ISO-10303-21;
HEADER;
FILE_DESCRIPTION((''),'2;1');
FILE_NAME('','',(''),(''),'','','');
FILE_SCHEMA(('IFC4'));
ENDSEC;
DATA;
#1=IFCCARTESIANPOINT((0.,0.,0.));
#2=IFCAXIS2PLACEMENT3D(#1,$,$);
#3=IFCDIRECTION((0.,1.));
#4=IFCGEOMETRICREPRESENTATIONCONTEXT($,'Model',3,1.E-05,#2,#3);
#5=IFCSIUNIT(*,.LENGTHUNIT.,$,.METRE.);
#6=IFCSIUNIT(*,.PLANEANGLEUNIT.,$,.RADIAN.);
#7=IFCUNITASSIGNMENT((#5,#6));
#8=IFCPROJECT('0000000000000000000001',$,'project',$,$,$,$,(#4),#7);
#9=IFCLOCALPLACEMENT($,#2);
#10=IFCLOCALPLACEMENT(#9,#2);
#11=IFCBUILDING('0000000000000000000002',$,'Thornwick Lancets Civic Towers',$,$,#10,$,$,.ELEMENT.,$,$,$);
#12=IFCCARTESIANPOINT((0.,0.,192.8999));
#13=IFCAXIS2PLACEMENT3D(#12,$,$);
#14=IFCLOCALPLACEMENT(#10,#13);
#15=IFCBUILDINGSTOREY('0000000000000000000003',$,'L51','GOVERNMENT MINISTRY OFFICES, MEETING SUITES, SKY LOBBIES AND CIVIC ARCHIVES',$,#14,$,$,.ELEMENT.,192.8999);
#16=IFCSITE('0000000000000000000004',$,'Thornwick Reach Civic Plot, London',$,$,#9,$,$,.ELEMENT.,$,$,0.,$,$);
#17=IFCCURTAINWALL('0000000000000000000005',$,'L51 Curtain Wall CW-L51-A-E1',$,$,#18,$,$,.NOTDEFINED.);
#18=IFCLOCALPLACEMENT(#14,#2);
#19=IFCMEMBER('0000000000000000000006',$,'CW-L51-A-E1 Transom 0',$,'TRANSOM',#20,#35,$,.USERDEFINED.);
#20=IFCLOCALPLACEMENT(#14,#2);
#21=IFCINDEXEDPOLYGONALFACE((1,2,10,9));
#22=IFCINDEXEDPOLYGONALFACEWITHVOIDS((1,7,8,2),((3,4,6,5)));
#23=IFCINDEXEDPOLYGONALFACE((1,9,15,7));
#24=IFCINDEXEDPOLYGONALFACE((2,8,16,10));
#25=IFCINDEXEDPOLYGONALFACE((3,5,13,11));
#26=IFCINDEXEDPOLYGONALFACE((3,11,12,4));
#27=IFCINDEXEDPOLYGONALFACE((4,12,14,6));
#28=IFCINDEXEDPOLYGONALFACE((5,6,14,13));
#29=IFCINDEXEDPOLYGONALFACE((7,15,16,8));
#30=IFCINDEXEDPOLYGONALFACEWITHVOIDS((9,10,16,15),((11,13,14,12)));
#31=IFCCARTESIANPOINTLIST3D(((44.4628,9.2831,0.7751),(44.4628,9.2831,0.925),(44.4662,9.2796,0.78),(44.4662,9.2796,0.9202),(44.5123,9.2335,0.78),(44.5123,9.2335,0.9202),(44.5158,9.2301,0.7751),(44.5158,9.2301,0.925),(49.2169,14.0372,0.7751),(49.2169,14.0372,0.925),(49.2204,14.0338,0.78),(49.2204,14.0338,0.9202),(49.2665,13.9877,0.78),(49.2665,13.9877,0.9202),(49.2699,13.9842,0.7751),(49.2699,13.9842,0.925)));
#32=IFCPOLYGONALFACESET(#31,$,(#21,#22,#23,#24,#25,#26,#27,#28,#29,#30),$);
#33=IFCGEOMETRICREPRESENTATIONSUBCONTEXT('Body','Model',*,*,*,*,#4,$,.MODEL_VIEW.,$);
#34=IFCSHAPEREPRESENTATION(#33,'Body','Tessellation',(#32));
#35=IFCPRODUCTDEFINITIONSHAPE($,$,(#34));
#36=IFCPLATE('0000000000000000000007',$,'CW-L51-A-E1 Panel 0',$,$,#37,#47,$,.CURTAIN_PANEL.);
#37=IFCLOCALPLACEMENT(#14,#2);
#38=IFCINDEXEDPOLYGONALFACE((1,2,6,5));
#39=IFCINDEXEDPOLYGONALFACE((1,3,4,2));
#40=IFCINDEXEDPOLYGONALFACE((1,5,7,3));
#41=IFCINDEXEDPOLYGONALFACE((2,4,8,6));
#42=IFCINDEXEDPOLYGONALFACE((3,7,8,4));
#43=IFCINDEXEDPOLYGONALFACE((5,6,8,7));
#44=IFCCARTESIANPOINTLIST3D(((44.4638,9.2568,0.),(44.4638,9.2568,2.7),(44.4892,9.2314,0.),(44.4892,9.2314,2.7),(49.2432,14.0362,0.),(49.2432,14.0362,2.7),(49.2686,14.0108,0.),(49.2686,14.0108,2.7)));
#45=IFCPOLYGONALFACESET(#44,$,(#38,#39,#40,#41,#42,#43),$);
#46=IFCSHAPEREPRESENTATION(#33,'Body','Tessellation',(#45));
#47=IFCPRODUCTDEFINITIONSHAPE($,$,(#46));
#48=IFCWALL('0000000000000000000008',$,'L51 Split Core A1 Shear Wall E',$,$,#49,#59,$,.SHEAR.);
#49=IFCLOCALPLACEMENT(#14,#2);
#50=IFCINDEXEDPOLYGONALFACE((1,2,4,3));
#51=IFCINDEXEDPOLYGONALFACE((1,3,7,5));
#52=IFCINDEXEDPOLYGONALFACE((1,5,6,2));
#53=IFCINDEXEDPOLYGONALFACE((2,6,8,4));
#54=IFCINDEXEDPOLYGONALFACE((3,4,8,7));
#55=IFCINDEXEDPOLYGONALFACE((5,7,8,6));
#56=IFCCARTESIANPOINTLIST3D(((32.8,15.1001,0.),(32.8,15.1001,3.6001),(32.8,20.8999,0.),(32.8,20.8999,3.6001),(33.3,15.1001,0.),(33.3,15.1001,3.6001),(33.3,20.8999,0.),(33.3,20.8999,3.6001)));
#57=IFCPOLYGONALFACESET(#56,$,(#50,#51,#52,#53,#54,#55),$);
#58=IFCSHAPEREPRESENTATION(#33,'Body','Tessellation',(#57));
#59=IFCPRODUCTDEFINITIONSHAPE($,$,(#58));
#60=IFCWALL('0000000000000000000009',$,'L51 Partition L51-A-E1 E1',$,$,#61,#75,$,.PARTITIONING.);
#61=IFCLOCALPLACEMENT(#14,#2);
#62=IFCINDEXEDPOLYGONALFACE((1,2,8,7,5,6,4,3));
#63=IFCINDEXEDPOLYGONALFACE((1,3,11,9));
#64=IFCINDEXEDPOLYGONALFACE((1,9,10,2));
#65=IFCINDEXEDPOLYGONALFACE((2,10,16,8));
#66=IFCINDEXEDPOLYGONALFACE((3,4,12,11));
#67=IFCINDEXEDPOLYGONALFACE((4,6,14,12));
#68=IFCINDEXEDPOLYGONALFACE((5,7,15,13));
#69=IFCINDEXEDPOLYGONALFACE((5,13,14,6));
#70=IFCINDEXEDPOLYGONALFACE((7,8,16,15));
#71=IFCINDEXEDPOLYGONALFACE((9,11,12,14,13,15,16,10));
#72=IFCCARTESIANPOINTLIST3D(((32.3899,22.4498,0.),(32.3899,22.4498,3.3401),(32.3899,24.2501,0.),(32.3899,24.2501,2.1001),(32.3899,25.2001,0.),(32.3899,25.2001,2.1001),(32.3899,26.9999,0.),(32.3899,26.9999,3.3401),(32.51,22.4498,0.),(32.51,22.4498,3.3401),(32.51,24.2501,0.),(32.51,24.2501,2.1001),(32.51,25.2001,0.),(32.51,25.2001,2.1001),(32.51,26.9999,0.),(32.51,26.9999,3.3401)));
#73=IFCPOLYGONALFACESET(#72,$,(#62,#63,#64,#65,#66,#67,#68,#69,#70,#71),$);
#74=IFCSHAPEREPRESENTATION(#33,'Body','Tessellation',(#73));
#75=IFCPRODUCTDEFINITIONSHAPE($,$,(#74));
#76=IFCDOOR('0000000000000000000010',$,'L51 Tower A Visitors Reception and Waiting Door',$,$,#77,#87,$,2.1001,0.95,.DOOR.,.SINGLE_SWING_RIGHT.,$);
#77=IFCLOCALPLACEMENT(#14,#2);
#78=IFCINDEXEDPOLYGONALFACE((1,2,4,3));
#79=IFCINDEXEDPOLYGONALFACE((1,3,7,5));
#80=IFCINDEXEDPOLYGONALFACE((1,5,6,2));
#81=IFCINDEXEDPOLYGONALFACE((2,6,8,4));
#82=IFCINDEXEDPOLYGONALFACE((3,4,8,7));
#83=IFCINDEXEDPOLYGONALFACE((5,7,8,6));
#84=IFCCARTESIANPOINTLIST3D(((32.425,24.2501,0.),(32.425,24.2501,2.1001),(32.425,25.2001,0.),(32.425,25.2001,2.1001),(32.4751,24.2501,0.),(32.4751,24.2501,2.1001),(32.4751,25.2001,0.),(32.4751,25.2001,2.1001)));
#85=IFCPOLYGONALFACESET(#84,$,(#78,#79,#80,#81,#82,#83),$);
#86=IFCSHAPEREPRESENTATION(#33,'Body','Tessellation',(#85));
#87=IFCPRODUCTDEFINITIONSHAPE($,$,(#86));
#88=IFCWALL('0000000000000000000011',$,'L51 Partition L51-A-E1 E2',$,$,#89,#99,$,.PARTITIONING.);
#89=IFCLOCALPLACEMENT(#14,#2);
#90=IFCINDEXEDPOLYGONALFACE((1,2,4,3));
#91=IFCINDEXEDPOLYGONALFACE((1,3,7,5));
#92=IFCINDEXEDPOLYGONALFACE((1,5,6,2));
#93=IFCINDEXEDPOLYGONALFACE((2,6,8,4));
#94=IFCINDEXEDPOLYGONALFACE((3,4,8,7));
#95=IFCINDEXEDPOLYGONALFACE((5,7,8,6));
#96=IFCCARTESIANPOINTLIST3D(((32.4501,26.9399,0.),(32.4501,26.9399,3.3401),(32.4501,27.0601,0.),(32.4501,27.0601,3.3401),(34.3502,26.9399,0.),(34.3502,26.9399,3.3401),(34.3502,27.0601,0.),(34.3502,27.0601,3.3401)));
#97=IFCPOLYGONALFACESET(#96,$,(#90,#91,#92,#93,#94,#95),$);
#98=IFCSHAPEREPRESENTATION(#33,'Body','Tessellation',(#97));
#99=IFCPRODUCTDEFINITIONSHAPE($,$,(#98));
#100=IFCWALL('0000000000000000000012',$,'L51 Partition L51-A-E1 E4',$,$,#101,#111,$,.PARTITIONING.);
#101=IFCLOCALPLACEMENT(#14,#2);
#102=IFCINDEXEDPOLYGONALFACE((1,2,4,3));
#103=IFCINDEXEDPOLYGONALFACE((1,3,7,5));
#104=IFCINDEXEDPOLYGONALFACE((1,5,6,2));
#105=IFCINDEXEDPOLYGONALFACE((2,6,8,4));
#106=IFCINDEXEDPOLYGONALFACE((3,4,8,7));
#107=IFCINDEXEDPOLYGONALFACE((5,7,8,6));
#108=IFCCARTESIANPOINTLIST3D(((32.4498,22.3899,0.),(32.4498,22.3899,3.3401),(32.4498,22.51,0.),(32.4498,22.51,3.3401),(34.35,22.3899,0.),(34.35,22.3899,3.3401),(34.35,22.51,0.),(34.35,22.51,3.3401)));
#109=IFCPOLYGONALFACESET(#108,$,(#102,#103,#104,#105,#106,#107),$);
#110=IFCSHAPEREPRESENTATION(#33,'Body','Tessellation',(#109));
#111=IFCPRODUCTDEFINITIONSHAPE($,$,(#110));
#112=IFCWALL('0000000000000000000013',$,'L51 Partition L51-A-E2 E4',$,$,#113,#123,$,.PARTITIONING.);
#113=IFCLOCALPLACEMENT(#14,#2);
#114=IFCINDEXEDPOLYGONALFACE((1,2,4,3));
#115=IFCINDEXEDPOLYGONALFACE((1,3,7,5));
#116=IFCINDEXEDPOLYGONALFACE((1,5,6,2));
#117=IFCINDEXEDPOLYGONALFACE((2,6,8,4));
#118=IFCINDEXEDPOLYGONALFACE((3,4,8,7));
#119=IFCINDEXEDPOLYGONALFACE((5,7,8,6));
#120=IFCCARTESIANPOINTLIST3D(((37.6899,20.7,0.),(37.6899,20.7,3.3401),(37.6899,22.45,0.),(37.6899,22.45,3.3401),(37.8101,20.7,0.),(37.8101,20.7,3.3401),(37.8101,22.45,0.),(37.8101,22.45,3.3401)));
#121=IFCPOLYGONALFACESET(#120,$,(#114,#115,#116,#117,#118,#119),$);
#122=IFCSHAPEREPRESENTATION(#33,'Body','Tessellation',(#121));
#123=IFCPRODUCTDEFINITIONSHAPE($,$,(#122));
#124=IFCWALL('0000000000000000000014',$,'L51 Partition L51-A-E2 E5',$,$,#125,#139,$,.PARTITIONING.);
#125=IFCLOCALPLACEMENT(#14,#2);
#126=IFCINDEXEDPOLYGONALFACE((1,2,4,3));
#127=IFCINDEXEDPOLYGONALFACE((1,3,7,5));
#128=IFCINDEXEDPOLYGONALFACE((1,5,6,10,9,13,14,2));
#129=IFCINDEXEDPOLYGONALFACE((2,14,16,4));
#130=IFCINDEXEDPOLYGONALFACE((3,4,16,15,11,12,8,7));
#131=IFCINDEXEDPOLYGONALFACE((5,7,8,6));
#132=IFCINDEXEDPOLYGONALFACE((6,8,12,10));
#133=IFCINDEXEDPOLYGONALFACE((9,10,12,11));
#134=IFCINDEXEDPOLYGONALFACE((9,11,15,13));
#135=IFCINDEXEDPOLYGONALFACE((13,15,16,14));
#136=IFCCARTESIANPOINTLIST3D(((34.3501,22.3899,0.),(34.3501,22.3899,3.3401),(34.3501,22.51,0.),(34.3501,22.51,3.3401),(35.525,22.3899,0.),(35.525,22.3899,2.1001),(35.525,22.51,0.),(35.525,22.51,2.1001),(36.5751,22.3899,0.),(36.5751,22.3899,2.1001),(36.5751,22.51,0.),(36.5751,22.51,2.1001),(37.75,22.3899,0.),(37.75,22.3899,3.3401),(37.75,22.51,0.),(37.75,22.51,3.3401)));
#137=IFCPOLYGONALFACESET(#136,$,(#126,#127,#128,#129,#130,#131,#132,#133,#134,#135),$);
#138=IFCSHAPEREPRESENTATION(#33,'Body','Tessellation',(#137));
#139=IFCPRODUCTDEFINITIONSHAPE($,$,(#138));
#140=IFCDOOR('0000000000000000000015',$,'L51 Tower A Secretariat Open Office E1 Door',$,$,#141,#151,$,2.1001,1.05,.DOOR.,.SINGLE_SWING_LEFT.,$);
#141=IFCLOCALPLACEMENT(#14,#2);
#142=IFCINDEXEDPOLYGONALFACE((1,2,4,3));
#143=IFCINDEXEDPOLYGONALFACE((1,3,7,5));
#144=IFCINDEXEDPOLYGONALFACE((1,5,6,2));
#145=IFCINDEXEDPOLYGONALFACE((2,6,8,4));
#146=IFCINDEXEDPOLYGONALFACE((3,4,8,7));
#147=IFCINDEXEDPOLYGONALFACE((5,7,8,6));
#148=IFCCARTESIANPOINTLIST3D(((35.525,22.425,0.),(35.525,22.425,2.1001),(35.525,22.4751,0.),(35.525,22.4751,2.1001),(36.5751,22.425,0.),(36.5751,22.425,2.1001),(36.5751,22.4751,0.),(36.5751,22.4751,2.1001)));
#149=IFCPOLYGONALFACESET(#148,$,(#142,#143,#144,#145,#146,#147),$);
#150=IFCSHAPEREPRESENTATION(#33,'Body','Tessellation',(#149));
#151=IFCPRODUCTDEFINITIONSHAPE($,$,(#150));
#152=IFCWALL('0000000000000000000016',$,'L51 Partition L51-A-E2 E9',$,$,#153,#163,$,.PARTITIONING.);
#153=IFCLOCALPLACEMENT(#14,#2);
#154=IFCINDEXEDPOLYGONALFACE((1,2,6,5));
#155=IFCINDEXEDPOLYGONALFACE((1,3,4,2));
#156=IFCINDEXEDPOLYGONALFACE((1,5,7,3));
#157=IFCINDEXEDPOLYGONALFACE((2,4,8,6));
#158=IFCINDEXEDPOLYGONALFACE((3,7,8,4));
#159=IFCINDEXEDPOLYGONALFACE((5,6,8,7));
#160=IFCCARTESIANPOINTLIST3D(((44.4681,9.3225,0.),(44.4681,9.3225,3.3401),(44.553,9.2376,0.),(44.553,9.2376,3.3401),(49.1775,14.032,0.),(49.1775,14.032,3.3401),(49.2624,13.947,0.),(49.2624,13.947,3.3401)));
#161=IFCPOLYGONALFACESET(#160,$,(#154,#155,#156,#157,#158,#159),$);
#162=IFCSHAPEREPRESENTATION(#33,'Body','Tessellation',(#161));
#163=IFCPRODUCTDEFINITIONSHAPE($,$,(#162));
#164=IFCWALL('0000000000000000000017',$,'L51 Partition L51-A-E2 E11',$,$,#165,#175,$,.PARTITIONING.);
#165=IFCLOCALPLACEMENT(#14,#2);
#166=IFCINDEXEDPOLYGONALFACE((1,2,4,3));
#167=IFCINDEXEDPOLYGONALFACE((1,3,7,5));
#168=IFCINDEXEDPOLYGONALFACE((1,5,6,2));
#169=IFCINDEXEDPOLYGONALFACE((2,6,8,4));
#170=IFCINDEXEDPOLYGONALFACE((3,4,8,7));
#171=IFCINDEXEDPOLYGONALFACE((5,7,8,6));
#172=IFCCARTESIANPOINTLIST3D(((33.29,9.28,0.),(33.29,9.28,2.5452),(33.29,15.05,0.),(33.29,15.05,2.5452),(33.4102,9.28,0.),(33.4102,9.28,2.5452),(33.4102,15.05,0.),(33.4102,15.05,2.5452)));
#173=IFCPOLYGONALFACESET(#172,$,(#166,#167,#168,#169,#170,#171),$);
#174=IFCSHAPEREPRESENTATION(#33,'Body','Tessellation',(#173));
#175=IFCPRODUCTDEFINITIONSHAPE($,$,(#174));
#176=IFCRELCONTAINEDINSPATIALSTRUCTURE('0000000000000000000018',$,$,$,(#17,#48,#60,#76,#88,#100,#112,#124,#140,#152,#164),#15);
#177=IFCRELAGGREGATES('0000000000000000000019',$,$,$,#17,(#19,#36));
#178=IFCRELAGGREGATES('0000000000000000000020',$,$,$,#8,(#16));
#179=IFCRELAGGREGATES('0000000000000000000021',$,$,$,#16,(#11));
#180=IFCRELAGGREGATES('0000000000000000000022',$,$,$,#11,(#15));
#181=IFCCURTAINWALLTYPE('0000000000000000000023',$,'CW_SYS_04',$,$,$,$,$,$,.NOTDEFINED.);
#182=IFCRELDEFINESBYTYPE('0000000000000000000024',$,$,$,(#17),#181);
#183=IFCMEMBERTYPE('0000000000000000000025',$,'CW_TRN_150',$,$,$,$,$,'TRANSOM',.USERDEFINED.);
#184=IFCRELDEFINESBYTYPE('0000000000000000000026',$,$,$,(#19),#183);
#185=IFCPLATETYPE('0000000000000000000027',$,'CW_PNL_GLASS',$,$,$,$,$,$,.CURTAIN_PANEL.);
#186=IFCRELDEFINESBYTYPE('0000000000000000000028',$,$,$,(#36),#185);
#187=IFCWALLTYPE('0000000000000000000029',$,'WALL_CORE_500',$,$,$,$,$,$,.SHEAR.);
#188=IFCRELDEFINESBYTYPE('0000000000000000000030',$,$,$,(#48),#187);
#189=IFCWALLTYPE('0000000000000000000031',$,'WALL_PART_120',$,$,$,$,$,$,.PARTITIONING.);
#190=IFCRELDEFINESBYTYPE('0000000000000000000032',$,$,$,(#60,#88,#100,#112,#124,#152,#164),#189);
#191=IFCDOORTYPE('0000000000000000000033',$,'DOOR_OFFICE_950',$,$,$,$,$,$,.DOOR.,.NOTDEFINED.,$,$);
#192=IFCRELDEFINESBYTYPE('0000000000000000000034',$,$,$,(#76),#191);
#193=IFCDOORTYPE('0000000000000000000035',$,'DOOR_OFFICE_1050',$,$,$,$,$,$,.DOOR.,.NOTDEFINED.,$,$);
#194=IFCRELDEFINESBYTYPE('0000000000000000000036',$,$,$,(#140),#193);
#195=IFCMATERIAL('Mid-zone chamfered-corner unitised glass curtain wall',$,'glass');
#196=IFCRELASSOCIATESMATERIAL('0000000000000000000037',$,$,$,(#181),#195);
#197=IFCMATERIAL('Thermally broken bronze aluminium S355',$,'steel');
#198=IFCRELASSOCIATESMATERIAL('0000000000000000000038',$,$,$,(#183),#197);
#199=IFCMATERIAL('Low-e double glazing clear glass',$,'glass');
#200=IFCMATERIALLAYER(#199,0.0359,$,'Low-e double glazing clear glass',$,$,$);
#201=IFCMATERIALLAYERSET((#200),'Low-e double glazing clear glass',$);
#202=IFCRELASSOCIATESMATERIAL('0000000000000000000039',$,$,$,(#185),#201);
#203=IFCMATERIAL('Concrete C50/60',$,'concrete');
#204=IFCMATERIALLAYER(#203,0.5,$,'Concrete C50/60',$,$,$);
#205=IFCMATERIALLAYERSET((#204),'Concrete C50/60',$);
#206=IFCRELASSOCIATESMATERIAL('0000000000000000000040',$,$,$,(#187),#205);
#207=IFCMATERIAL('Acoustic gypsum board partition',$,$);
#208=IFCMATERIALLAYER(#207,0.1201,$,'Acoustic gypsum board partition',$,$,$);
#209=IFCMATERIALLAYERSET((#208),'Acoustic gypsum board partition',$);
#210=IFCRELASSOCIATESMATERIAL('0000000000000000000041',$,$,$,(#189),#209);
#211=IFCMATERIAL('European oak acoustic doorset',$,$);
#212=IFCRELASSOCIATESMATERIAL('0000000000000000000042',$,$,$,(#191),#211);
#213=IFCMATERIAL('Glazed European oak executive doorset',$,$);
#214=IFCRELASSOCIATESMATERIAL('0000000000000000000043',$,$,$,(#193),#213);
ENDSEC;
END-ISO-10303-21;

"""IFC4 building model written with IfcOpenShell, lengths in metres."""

from ifc_helpers import new_model, si_unit, direction, frame, frame_2d, origin, origin_2d, place, context, subcontext, project, spatial, rectangle, hollow_rectangle, extrude, material, layer, layer_set, material_profile, profile_set, type_object, element, fill, aggregate, save


model = new_model("IFC4")

# Units and contexts
model_context = context("Model", 3, precision=1e-05, world=origin(), true_north=direction((0.0, 1.0)))
body_context = subcontext(model_context, "Body", "Model", "MODEL_VIEW")
ifc_project = project(units=[si_unit("LENGTHUNIT", "METRE"), si_unit("PLANEANGLEUNIT", "RADIAN")], contexts=[model_context])

# Site, building, storey
site_placement = place(None, origin())
site = spatial("IfcSite", under=ifc_project, at=site_placement, Name="Thornwick Reach Civic Plot, London", CompositionType="ELEMENT", RefElevation=0.0)
building_placement = place(site_placement, origin())
building = spatial("IfcBuilding", under=site, at=building_placement, Name="Thornwick Lancets Civic Towers", CompositionType="ELEMENT")
storey_placement = place(building_placement, frame((0.0, 0.0, 192.8999)))
storey = spatial("IfcBuildingStorey", under=building, at=storey_placement, Name="L51", Description="GOVERNMENT MINISTRY OFFICES, MEETING SUITES, SKY LOBBIES AND CIVIC ARCHIVES", CompositionType="ELEMENT", Elevation=192.8999)

# Shared definitions
ifc_material_1 = material(Name="Concrete C50/60", Category="concrete")

# Curtain wall, member, plate
ifc_material_2 = material(Name="Mid-zone chamfered-corner unitised glass curtain wall", Category="glass")
curtain_wall_type = type_object("IfcCurtainWallType", Name="CW_SYS_04", PredefinedType="NOTDEFINED", material=ifc_material_2)
curtain_wall_placement = place(storey_placement, origin())
curtain_wall = element("IfcCurtainWall", 1, at=curtain_wall_placement, inside=storey, type_object=curtain_wall_type, Name="L51 Curtain Wall CW-L51-A-E1", PredefinedType="NOTDEFINED")
ifc_material_3 = material(Name="Thermally broken bronze aluminium S355", Category="steel")
ifc_material_profile_1 = material_profile(ifc_material_3, hollow_rectangle(XDim=0.075, YDim=0.1499, WallThickness=0.0049, at=origin_2d()), Name="RHS 150x75x5")
ifc_profile_set_1 = profile_set([ifc_material_profile_1], Name="Thermally broken bronze aluminium S355")
member_type_1 = type_object("IfcMemberType", Name="CW_TRN_150", ElementType="TRANSOM", PredefinedType="USERDEFINED", material=ifc_profile_set_1)
member_1_placement = place(storey_placement, frame((44.4893, 9.2566, 0.8501), z_axis=(0.707107, 0.707107, 0.0), x_axis=(-0.707107, 0.707107, 0.0)))
member_1 = element("IfcMember", 2, at=member_1_placement, type_object=member_type_1, Name="CW-L51-A-E1 Transom 0", ObjectType="TRANSOM", PredefinedType="USERDEFINED", context=body_context, shape_type="SweptSolid", body=[
    extrude(hollow_rectangle(XDim=0.075, YDim=0.1499, WallThickness=0.0049, at=origin_2d()), origin(), (0.0, 0.0, 1.0), 6.7234),
])
ifc_material_4 = material(Name="Low-e double glazing clear glass", Category="glass")
ifc_layer_1 = layer(ifc_material_4, 0.0359, Name="Low-e double glazing clear glass")
ifc_layer_set_1 = layer_set([ifc_layer_1], Name="Low-e double glazing clear glass")
plate_type = type_object("IfcPlateType", Name="CW_PNL_GLASS", PredefinedType="CURTAIN_PANEL", material=ifc_layer_set_1)
plate_placement = place(storey_placement, frame((46.8662, 11.6338, 0.0), z_axis=(0.0, 0.0, 1.0), x_axis=(0.707107, 0.707107, 0.0)))
plate = element("IfcPlate", 3, at=plate_placement, type_object=plate_type, Name="CW-L51-A-E1 Panel 0", PredefinedType="CURTAIN_PANEL", context=body_context, shape_type="SweptSolid", body=[
    extrude(rectangle(XDim=6.759, YDim=0.0359, at=origin_2d()), origin(), (0.0, 0.0, 1.0), 2.7),
])
aggregate(curtain_wall, [member_1, plate])

# Wall
ifc_layer_2 = layer(ifc_material_1, 0.5, Name="Concrete C50/60")
ifc_layer_set_2 = layer_set([ifc_layer_2], Name="Concrete C50/60")
wall_type_1 = type_object("IfcWallType", Name="WALL_CORE_500", PredefinedType="SHEAR", material=ifc_layer_set_2)
wall_1_placement = place(storey_placement, frame((33.05, 15.1001, 0.0), z_axis=(0.0, 0.0, 1.0), x_axis=(0.0, 1.0, 0.0)))
element("IfcWall", 4, at=wall_1_placement, inside=storey, type_object=wall_type_1, Name="L51 Split Core A1 Shear Wall E", PredefinedType="SHEAR", context=body_context, shape_type="SweptSolid", body=[
    extrude(rectangle(XDim=5.7998, YDim=0.5, at=frame_2d((2.8999, 0.0))), origin(), (0.0, 0.0, 1.0), 3.6001),
])

# Wall, opening, door
ifc_material_5 = material(Name="Acoustic gypsum board partition")
ifc_layer_3 = layer(ifc_material_5, 0.1201, Name="Acoustic gypsum board partition")
ifc_layer_set_3 = layer_set([ifc_layer_3], Name="Acoustic gypsum board partition")
wall_type_2 = type_object("IfcWallType", Name="WALL_PART_120", PredefinedType="PARTITIONING", material=ifc_layer_set_3)
wall_2_placement = place(storey_placement, frame((32.45, 22.45, 0.0), z_axis=(0.0, 0.0, 1.0), x_axis=(0.0, 1.0, 0.0)))
wall_2 = element("IfcWall", 5, at=wall_2_placement, inside=storey, type_object=wall_type_2, Name="L51 Partition L51-A-E1 E1", PredefinedType="PARTITIONING", context=body_context, shape_type="SweptSolid", body=[
    extrude(rectangle(XDim=4.55, YDim=0.1201, at=frame_2d((2.2749, 0.0))), origin(), (0.0, 0.0, 1.0), 3.3401),
])
opening_1_placement = place(wall_2_placement, frame((1.8, 0.0, 0.0)))
opening_1 = element("IfcOpeningElement", 6, at=opening_1_placement, cuts=wall_2, PredefinedType="OPENING", context=body_context, shape_type="SweptSolid", body=[
    extrude(rectangle(XDim=0.95, YDim=2.1001, at=frame_2d((0.4751, 1.05))), frame((0.0, 0.0701, 0.0), z_axis=(0.0, -1.0, 0.0), x_axis=(1.0, 0.0, 0.0)), (0.0, 0.0, 1.0), 0.1401),
])
ifc_material_6 = material(Name="European oak acoustic doorset")
door_type_1 = type_object("IfcDoorType", Name="DOOR_OFFICE_950", OperationType="NOTDEFINED", PredefinedType="DOOR", material=ifc_material_6)
door_1_placement = place(opening_1_placement, origin())
door_1 = element("IfcDoor", 7, at=door_1_placement, inside=storey, type_object=door_type_1, Name="L51 Tower A Visitors Reception and Waiting Door", OperationType="SINGLE_SWING_RIGHT", OverallHeight=2.1001, OverallWidth=0.95, PredefinedType="DOOR", context=body_context, shape_type="SweptSolid", body=[
    extrude(rectangle(XDim=0.95, YDim=2.1001, at=frame_2d((0.4751, 1.05))), frame((0.0, 0.0249, 0.0), z_axis=(0.0, -1.0, 0.0), x_axis=(1.0, 0.0, 0.0)), (0.0, 0.0, 1.0), 0.05),
])
fill(opening_1, door_1)

# Walls
for number, where, z_axis, x_axis, name in (
    (8, (32.45, 27.0, 0.0), (0.0, 0.0, 1.0), (1.0, 0.0, 0.0), "L51 Partition L51-A-E1 E2"),
    (9, (34.3501, 22.45, 0.0), (0.0, 0.0, 1.0), (-1.0, 0.0, 0.0), "L51 Partition L51-A-E1 E4"),
):
    element("IfcWall", number, at=place(storey_placement, frame(where, z_axis=z_axis, x_axis=x_axis)), inside=storey, type_object=wall_type_2, Name=name, PredefinedType="PARTITIONING", context=body_context, shape_type="SweptSolid", body=[
        extrude(rectangle(XDim=1.9001, YDim=0.1201, at=frame_2d((0.9502, 0.0))), origin(), (0.0, 0.0, 1.0), 3.3401),
    ])
wall_3_placement = place(storey_placement, frame((37.75, 20.7, 0.0), z_axis=(0.0, 0.0, 1.0), x_axis=(0.0, 1.0, 0.0)))
element("IfcWall", 10, at=wall_3_placement, inside=storey, type_object=wall_type_2, Name="L51 Partition L51-A-E2 E4", PredefinedType="PARTITIONING", context=body_context, shape_type="SweptSolid", body=[
    extrude(rectangle(XDim=1.75, YDim=0.1201, at=frame_2d((0.875, 0.0))), origin(), (0.0, 0.0, 1.0), 3.3401),
])

# Wall, opening, door
wall_4_placement = place(storey_placement, frame((37.75, 22.45, 0.0), z_axis=(0.0, 0.0, 1.0), x_axis=(-1.0, 0.0, 0.0)))
wall_4 = element("IfcWall", 11, at=wall_4_placement, inside=storey, type_object=wall_type_2, Name="L51 Partition L51-A-E2 E5", PredefinedType="PARTITIONING", context=body_context, shape_type="SweptSolid", body=[
    extrude(rectangle(XDim=3.3999, YDim=0.1201, at=frame_2d((1.7, 0.0))), origin(), (0.0, 0.0, 1.0), 3.3401),
])
opening_2_placement = place(wall_4_placement, frame((1.175, 0.0, 0.0)))
opening_2 = element("IfcOpeningElement", 12, at=opening_2_placement, cuts=wall_4, PredefinedType="OPENING", context=body_context, shape_type="SweptSolid", body=[
    extrude(rectangle(XDim=1.05, YDim=2.1001, at=frame_2d((0.5249, 1.05))), frame((0.0, 0.0701, 0.0), z_axis=(0.0, -1.0, 0.0), x_axis=(1.0, 0.0, 0.0)), (0.0, 0.0, 1.0), 0.1401),
])
ifc_material_7 = material(Name="Glazed European oak executive doorset")
door_type_2 = type_object("IfcDoorType", Name="DOOR_OFFICE_1050", OperationType="NOTDEFINED", PredefinedType="DOOR", material=ifc_material_7)
door_2_placement = place(opening_2_placement, origin())
door_2 = element("IfcDoor", 13, at=door_2_placement, inside=storey, type_object=door_type_2, Name="L51 Tower A Secretariat Open Office E1 Door", OperationType="SINGLE_SWING_LEFT", OverallHeight=2.1001, OverallWidth=1.05, PredefinedType="DOOR", context=body_context, shape_type="SweptSolid", body=[
    extrude(rectangle(XDim=1.05, YDim=2.1001, at=frame_2d((0.5249, 1.05))), frame((0.0, 0.0249, 0.0), z_axis=(0.0, -1.0, 0.0), x_axis=(1.0, 0.0, 0.0)), (0.0, 0.0, 1.0), 0.05),
])
fill(opening_2, door_2)

# Walls
wall_5_placement = place(storey_placement, frame((49.22, 13.9895, 0.0), z_axis=(0.0, 0.0, 1.0), x_axis=(-0.707107, -0.707107, 0.0)))
element("IfcWall", 14, at=wall_5_placement, inside=storey, type_object=wall_type_2, Name="L51 Partition L51-A-E2 E9", PredefinedType="PARTITIONING", context=body_context, shape_type="SweptSolid", body=[
    extrude(rectangle(XDim=6.6602, YDim=0.1201, at=frame_2d((3.3301, 0.0))), origin(), (0.0, 0.0, 1.0), 3.3401),
])
wall_6_placement = place(storey_placement, frame((33.3501, 9.28, 0.0), z_axis=(0.0, 0.0, 1.0), x_axis=(0.0, 1.0, 0.0)))
element("IfcWall", 15, at=wall_6_placement, inside=storey, type_object=wall_type_2, Name="L51 Partition L51-A-E2 E11", PredefinedType="PARTITIONING", context=body_context, shape_type="SweptSolid", body=[
    extrude(rectangle(XDim=5.77, YDim=0.1201, at=frame_2d((2.885, 0.0))), origin(), (0.0, 0.0, 1.0), 2.5452),
])

save(model, "model.ifc")
